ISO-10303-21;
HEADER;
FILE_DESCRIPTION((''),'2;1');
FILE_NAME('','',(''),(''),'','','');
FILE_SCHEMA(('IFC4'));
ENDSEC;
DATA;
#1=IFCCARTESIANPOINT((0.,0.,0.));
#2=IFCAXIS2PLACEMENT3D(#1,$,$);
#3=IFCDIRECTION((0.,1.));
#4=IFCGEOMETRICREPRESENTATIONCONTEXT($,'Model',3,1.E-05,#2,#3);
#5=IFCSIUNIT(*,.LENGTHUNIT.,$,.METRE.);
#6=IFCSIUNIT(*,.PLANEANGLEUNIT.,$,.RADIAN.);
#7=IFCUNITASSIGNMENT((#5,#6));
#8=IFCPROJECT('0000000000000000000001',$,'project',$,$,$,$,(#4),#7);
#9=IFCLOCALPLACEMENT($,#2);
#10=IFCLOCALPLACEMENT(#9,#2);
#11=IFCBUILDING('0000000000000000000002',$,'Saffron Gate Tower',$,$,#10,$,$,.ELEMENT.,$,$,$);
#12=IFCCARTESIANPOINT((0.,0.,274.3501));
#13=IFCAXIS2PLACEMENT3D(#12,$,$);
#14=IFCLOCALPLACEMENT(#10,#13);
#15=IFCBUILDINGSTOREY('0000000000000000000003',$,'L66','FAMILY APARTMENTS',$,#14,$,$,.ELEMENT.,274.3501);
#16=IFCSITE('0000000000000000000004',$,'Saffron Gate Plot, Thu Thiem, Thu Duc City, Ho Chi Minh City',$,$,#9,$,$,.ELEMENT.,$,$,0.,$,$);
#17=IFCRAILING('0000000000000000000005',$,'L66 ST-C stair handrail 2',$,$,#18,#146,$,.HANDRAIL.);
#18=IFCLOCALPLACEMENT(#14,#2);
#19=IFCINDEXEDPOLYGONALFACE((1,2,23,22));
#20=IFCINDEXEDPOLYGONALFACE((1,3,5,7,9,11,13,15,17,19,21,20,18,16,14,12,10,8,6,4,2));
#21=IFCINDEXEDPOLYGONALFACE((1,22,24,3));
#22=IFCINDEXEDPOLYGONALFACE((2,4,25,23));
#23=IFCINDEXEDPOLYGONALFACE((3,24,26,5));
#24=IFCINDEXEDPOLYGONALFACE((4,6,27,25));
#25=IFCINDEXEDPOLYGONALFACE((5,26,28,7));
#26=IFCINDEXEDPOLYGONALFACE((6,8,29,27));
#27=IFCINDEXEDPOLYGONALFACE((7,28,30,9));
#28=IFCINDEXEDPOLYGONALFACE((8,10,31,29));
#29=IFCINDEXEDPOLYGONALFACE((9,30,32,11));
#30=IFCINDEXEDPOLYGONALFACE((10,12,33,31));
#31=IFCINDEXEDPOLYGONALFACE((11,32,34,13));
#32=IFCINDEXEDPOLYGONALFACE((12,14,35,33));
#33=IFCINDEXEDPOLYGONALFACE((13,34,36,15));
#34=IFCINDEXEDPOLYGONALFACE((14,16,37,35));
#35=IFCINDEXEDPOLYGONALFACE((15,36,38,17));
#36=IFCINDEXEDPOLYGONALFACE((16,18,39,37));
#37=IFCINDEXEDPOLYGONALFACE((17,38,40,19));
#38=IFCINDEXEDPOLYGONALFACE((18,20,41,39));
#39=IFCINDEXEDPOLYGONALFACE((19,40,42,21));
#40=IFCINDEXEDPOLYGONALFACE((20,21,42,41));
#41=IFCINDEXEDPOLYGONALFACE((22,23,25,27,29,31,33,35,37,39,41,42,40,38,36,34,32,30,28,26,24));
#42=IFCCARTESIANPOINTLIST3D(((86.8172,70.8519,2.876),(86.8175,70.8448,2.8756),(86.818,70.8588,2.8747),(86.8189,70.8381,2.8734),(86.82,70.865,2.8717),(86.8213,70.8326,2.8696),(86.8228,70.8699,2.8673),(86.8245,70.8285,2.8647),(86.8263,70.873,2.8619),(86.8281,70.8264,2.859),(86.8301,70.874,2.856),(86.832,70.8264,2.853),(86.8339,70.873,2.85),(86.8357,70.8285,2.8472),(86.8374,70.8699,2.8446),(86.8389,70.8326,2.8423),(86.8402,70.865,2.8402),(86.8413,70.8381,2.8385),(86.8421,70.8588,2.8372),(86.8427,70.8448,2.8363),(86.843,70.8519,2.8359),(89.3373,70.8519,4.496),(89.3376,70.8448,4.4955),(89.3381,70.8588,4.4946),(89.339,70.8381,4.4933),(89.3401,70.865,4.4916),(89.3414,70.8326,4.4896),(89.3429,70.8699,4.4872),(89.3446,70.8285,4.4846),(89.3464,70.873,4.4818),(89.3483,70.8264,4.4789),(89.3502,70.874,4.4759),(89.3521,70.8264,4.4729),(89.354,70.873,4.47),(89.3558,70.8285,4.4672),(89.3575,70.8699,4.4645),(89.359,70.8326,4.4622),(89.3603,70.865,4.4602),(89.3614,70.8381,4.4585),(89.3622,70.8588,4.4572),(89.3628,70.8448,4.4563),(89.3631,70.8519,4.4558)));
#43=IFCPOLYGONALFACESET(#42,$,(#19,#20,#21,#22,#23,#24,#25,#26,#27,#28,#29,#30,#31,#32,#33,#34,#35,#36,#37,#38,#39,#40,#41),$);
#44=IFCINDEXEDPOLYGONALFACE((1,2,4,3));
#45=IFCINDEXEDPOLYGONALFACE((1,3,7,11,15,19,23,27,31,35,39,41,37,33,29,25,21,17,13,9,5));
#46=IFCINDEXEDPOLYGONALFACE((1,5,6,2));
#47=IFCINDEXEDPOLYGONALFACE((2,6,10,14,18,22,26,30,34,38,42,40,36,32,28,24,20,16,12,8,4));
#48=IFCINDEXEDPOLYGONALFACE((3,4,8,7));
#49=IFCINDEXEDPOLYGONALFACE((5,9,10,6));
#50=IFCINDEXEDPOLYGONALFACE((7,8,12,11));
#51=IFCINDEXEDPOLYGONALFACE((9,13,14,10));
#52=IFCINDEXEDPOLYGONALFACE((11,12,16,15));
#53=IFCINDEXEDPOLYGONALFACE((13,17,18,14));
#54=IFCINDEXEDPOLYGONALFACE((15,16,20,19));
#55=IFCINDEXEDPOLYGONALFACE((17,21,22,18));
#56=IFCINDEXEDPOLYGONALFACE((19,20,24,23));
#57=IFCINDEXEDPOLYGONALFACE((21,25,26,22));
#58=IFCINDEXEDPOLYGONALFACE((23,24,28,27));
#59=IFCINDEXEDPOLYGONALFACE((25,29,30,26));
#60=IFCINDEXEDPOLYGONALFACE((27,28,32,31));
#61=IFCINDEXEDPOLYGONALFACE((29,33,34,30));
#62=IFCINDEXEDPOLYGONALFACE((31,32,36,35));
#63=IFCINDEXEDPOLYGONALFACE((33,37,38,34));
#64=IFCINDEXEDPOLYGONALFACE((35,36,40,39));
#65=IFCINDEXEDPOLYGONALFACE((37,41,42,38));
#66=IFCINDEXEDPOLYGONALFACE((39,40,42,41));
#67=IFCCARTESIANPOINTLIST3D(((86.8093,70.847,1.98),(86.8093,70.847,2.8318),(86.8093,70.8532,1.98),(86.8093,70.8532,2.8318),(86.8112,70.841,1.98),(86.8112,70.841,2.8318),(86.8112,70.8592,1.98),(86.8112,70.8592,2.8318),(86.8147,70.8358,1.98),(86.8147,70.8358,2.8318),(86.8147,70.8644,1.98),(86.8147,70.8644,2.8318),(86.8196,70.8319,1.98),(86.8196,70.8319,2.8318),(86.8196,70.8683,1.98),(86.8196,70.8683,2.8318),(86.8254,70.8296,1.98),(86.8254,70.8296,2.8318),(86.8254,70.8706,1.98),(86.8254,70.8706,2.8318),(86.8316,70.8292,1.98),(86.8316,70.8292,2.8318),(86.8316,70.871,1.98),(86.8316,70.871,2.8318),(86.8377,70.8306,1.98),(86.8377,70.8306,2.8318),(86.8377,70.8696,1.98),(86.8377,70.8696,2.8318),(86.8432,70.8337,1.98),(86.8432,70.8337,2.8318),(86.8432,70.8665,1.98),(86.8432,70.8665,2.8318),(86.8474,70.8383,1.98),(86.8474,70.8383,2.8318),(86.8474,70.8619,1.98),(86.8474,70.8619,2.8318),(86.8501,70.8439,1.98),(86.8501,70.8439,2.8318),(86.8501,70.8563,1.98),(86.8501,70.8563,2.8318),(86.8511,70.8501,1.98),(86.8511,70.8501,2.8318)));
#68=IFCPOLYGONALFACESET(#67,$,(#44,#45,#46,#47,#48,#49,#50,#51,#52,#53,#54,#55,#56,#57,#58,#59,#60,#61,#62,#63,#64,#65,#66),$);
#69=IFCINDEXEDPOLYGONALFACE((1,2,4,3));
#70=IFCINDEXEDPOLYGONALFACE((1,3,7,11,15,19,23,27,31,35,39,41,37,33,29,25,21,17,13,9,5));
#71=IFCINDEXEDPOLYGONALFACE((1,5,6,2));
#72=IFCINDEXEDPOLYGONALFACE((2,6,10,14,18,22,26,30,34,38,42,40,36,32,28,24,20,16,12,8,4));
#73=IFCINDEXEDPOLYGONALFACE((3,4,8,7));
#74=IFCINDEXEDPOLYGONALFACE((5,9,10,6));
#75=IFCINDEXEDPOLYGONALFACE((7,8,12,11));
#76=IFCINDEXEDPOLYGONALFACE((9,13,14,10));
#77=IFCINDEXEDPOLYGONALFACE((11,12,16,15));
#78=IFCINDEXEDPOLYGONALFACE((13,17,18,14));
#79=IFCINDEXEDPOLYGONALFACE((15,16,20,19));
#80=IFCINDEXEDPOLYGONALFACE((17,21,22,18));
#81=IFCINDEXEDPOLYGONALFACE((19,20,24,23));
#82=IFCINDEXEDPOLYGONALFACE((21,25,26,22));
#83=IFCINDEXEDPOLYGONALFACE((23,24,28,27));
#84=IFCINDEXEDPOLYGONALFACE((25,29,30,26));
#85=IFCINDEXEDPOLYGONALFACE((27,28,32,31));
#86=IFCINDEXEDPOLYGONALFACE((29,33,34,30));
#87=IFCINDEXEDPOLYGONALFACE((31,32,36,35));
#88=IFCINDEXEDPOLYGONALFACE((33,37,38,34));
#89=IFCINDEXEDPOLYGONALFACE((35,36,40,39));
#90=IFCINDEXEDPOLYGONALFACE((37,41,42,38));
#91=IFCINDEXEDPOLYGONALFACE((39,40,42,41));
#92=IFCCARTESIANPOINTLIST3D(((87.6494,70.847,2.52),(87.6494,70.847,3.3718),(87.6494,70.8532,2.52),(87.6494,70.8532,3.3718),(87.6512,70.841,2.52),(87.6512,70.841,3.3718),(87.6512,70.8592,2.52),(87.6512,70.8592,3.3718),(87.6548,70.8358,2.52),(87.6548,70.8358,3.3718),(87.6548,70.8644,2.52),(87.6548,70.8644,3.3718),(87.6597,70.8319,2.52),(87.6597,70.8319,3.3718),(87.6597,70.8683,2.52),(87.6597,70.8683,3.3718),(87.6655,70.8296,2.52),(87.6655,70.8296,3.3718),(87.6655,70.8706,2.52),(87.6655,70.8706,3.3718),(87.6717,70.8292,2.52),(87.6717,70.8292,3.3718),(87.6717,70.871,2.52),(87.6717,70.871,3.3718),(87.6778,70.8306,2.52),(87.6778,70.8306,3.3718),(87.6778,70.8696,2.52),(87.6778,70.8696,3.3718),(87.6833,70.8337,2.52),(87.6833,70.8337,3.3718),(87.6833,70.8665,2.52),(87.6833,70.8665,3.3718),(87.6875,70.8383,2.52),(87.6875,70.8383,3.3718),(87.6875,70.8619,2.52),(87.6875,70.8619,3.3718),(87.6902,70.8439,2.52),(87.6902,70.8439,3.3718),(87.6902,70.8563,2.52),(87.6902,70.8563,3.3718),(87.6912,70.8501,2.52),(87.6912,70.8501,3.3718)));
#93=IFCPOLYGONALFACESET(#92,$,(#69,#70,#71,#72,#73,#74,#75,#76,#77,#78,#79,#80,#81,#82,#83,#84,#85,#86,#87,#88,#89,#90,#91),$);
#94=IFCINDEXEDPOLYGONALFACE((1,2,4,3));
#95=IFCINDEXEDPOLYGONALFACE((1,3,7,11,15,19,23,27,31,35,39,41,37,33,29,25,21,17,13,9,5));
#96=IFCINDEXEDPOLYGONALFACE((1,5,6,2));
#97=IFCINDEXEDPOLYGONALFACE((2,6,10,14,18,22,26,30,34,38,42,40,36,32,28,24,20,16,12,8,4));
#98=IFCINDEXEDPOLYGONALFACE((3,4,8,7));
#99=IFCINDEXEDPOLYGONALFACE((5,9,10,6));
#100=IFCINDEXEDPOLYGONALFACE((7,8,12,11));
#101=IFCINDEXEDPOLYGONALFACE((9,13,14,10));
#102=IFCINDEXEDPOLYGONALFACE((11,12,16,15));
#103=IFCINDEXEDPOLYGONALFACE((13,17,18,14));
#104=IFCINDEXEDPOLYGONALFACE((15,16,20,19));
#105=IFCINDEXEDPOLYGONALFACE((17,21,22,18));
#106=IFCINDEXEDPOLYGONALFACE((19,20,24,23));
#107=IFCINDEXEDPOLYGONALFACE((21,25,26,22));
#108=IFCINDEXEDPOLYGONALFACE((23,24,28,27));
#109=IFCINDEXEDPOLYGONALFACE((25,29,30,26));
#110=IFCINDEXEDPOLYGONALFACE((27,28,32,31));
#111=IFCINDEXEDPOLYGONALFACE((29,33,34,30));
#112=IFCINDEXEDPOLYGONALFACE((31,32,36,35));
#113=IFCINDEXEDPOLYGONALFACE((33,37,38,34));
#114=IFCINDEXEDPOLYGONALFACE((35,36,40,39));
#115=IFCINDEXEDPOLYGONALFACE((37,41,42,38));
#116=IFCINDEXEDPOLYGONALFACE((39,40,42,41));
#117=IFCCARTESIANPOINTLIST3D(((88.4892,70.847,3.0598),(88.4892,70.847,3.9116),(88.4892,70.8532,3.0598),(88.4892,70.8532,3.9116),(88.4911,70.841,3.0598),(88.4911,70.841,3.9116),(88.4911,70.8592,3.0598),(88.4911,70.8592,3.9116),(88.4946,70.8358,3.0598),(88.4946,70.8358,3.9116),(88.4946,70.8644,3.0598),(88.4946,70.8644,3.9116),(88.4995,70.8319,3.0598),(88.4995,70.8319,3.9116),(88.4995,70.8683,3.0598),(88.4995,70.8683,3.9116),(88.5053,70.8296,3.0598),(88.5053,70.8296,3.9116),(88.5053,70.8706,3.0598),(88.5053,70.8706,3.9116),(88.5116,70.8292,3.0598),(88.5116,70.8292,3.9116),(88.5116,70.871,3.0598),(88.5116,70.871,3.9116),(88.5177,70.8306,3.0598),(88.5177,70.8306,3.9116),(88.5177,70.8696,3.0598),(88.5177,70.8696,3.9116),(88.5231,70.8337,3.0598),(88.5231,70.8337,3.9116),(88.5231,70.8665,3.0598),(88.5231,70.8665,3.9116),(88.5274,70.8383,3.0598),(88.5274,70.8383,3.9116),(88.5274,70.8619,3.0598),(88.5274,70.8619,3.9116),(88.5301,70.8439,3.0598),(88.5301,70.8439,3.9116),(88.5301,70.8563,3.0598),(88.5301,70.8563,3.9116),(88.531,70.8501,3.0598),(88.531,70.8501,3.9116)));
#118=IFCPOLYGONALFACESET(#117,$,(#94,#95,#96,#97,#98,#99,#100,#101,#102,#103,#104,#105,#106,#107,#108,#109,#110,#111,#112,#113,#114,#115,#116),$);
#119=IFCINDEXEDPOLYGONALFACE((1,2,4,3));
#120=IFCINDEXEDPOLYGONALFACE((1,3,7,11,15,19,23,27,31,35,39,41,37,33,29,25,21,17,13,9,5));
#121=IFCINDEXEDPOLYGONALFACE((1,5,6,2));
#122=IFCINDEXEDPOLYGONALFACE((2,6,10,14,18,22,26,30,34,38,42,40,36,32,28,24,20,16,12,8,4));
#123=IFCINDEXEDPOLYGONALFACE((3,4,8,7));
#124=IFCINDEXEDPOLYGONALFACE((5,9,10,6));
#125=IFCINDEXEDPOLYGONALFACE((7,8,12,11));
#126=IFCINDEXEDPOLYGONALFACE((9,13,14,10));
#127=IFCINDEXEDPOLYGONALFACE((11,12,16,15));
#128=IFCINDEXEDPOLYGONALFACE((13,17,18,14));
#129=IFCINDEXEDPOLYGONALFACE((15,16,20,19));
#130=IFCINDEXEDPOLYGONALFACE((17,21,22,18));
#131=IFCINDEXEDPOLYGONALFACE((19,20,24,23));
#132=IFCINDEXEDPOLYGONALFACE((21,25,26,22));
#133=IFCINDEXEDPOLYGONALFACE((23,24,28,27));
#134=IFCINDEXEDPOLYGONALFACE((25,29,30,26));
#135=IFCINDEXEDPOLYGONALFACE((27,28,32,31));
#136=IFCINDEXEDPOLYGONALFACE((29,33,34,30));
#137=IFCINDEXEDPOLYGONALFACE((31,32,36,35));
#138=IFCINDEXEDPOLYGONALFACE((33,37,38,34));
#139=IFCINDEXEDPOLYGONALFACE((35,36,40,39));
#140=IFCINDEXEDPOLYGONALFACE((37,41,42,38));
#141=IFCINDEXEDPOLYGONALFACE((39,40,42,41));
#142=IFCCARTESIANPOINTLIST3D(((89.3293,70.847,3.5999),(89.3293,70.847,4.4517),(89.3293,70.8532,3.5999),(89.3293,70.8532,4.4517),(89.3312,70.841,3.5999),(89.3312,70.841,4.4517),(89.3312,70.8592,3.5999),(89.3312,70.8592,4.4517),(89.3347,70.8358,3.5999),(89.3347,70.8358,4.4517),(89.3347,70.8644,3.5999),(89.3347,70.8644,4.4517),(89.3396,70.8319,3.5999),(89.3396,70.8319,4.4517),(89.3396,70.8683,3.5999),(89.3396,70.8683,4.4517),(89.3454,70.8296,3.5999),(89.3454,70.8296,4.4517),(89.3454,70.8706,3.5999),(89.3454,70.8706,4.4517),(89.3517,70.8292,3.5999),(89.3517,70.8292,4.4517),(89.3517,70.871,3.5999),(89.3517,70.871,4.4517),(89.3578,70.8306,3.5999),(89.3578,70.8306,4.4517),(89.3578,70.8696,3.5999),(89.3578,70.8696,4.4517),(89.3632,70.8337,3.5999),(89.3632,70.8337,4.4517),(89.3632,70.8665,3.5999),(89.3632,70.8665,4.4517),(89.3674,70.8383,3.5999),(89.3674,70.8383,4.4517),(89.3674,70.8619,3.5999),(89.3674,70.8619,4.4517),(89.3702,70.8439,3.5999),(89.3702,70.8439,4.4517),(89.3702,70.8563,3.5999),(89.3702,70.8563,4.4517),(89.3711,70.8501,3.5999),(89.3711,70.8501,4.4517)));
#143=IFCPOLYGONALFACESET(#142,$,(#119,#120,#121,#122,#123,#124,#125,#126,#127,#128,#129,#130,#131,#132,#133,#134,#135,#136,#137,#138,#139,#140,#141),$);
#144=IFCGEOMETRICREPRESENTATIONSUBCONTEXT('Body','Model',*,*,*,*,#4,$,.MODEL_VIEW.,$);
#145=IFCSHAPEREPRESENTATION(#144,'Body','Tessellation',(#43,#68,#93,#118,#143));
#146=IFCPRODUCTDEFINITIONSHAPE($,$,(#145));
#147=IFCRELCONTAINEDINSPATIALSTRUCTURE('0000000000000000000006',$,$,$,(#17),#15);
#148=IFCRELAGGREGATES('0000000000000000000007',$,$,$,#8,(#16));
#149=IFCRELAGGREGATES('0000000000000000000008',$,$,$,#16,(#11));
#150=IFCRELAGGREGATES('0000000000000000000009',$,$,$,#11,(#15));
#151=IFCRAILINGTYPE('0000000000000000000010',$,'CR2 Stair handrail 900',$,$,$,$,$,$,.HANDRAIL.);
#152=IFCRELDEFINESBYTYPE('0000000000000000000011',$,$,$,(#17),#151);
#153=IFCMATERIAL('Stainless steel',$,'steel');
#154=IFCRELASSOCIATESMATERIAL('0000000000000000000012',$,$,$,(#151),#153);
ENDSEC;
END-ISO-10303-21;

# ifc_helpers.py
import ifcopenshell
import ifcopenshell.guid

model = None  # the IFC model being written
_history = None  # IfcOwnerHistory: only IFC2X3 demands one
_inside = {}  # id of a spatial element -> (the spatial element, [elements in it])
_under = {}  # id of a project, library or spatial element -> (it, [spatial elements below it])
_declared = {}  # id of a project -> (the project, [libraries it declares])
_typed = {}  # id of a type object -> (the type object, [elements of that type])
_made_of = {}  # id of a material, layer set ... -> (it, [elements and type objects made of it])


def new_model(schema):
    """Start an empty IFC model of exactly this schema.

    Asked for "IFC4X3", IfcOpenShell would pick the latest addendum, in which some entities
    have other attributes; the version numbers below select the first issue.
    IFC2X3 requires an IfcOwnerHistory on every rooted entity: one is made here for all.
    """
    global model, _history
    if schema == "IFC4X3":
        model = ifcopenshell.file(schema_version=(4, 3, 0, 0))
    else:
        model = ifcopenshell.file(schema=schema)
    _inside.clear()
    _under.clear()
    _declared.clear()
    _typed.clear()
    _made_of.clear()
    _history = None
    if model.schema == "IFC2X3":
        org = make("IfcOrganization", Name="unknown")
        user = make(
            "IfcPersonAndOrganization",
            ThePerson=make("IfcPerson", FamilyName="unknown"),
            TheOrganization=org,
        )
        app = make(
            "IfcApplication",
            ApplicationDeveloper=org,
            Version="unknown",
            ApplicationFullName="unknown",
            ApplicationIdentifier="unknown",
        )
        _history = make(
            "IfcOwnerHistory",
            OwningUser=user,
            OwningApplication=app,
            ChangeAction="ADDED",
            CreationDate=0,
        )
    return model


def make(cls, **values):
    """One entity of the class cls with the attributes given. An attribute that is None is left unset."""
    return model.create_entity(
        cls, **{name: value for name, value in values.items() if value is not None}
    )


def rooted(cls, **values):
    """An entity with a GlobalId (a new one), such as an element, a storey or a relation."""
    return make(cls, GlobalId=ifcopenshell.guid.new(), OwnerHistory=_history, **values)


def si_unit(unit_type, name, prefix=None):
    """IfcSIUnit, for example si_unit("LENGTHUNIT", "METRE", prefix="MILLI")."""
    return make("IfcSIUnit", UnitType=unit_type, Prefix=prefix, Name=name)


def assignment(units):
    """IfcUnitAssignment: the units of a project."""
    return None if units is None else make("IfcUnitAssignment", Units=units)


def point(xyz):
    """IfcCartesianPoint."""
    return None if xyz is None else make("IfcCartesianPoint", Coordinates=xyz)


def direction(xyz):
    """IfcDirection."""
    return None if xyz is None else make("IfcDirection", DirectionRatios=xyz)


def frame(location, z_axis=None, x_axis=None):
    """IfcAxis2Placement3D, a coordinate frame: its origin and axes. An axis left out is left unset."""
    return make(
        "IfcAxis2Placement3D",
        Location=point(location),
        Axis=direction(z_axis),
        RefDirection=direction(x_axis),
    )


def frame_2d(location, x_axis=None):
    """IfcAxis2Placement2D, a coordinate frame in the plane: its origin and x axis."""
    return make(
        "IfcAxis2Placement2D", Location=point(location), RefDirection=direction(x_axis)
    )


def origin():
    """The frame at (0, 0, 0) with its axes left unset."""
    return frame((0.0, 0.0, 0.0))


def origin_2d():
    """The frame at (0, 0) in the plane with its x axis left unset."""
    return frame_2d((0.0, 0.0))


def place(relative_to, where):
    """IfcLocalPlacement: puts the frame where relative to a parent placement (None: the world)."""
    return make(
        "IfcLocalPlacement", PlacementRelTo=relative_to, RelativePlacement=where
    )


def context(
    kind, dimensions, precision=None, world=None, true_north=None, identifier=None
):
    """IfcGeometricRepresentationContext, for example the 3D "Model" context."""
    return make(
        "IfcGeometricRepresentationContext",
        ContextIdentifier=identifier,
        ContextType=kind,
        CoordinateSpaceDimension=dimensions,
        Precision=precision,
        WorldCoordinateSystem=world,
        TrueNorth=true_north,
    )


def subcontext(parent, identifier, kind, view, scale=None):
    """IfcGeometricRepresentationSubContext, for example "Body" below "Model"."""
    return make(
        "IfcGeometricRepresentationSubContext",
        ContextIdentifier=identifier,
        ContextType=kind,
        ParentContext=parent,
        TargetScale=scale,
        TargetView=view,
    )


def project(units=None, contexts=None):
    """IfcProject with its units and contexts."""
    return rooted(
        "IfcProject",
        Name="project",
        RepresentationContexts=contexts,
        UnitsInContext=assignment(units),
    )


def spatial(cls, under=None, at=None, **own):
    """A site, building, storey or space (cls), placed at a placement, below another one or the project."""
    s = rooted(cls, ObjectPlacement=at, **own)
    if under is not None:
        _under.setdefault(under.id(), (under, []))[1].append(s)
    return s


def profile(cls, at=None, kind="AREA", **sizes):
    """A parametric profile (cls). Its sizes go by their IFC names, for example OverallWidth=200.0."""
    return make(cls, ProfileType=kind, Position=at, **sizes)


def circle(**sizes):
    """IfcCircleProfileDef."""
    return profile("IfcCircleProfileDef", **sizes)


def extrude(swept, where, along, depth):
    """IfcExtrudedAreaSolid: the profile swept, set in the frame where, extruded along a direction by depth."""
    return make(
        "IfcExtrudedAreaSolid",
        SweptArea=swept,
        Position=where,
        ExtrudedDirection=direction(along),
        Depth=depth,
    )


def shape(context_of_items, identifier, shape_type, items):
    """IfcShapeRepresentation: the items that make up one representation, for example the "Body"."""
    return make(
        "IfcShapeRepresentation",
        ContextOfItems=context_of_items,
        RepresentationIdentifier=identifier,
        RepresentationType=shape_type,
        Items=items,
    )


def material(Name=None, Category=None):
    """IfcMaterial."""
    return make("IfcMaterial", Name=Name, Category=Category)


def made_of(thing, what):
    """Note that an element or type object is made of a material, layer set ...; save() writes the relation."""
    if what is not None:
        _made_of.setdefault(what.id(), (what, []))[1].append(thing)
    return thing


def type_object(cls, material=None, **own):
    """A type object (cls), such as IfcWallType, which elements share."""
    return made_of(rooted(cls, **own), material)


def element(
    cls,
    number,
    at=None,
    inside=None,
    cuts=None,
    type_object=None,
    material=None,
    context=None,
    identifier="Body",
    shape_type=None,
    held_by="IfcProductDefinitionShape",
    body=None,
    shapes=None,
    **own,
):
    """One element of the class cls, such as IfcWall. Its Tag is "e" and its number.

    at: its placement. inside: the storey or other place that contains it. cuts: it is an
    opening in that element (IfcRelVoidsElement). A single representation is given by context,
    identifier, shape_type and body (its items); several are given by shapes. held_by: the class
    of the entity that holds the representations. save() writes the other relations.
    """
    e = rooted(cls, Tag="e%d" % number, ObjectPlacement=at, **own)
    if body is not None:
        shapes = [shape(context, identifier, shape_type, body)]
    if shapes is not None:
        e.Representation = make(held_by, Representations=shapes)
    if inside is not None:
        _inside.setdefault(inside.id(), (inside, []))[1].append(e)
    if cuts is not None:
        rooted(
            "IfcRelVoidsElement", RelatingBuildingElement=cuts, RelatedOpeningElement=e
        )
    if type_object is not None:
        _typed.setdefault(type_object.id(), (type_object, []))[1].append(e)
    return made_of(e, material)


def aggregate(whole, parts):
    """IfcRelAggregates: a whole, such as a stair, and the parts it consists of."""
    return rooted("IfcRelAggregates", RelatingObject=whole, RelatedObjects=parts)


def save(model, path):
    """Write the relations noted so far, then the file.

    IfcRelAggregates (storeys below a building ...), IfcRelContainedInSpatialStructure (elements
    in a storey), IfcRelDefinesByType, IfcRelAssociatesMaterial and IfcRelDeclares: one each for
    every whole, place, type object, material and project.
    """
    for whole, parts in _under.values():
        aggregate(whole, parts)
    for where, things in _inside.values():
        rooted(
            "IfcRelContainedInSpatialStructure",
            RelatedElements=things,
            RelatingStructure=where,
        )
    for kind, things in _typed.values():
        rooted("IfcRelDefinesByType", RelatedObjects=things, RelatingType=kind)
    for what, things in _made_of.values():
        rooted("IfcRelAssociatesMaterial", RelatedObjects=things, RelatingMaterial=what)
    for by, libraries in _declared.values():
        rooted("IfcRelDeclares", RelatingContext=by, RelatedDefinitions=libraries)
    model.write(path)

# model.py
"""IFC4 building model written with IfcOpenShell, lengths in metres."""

from ifc_helpers import new_model, si_unit, direction, frame, origin, origin_2d, place, context, subcontext, project, spatial, circle, extrude, material, type_object, element, save


model = new_model("IFC4")

# Units and contexts
model_context = context("Model", 3, precision=1e-05, world=origin(), true_north=direction((0.0, 1.0)))
body_context = subcontext(model_context, "Body", "Model", "MODEL_VIEW")
ifc_project = project(units=[si_unit("LENGTHUNIT", "METRE"), si_unit("PLANEANGLEUNIT", "RADIAN")], contexts=[model_context])

# Site, building, storey
site_placement = place(None, origin())
site = spatial("IfcSite", under=ifc_project, at=site_placement, Name="Saffron Gate Plot, Thu Thiem, Thu Duc City, Ho Chi Minh City", CompositionType="ELEMENT", RefElevation=0.0)
building_placement = place(site_placement, origin())
building = spatial("IfcBuilding", under=site, at=building_placement, Name="Saffron Gate Tower", CompositionType="ELEMENT")
storey_placement = place(building_placement, frame((0.0, 0.0, 274.3501)))
storey = spatial("IfcBuildingStorey", under=building, at=storey_placement, Name="L66", Description="FAMILY APARTMENTS", CompositionType="ELEMENT", Elevation=274.3501)

# Railing
ifc_material_1 = material(Name="Stainless steel", Category="steel")
railing_type_1 = type_object("IfcRailingType", Name="CR2 Stair handrail 900", PredefinedType="HANDRAIL", material=ifc_material_1)
railing_1_placement = place(storey_placement, frame((86.8301, 70.8501, 1.98)))
element("IfcRailing", 1, at=railing_1_placement, inside=storey, type_object=railing_type_1, Name="L66 ST-C stair handrail 2", PredefinedType="HANDRAIL", context=body_context, shape_type="SweptSolid", body=[
    extrude(circle(Radius=0.0239, at=origin_2d()), frame((0.0, 0.0, 0.876), z_axis=(0.8412, 0.0, 0.540725), x_axis=(0.0, 1.0, 0.0)), (0.0, 0.0, 1.0), 2.9958),
    extrude(circle(Radius=0.021, at=origin_2d()), origin(), (0.0, 0.0, 1.0), 0.8518),
    extrude(circle(Radius=0.021, at=origin_2d()), frame((0.8401, 0.0, 0.54)), (0.0, 0.0, 1.0), 0.8518),
    extrude(circle(Radius=0.021, at=origin_2d()), frame((1.6799, 0.0, 1.0798)), (0.0, 0.0, 1.0), 0.8518),
    extrude(circle(Radius=0.021, at=origin_2d()), frame((2.52, 0.0, 1.6199)), (0.0, 0.0, 1.0), 0.8518),
])

save(model, "model.ifc")
